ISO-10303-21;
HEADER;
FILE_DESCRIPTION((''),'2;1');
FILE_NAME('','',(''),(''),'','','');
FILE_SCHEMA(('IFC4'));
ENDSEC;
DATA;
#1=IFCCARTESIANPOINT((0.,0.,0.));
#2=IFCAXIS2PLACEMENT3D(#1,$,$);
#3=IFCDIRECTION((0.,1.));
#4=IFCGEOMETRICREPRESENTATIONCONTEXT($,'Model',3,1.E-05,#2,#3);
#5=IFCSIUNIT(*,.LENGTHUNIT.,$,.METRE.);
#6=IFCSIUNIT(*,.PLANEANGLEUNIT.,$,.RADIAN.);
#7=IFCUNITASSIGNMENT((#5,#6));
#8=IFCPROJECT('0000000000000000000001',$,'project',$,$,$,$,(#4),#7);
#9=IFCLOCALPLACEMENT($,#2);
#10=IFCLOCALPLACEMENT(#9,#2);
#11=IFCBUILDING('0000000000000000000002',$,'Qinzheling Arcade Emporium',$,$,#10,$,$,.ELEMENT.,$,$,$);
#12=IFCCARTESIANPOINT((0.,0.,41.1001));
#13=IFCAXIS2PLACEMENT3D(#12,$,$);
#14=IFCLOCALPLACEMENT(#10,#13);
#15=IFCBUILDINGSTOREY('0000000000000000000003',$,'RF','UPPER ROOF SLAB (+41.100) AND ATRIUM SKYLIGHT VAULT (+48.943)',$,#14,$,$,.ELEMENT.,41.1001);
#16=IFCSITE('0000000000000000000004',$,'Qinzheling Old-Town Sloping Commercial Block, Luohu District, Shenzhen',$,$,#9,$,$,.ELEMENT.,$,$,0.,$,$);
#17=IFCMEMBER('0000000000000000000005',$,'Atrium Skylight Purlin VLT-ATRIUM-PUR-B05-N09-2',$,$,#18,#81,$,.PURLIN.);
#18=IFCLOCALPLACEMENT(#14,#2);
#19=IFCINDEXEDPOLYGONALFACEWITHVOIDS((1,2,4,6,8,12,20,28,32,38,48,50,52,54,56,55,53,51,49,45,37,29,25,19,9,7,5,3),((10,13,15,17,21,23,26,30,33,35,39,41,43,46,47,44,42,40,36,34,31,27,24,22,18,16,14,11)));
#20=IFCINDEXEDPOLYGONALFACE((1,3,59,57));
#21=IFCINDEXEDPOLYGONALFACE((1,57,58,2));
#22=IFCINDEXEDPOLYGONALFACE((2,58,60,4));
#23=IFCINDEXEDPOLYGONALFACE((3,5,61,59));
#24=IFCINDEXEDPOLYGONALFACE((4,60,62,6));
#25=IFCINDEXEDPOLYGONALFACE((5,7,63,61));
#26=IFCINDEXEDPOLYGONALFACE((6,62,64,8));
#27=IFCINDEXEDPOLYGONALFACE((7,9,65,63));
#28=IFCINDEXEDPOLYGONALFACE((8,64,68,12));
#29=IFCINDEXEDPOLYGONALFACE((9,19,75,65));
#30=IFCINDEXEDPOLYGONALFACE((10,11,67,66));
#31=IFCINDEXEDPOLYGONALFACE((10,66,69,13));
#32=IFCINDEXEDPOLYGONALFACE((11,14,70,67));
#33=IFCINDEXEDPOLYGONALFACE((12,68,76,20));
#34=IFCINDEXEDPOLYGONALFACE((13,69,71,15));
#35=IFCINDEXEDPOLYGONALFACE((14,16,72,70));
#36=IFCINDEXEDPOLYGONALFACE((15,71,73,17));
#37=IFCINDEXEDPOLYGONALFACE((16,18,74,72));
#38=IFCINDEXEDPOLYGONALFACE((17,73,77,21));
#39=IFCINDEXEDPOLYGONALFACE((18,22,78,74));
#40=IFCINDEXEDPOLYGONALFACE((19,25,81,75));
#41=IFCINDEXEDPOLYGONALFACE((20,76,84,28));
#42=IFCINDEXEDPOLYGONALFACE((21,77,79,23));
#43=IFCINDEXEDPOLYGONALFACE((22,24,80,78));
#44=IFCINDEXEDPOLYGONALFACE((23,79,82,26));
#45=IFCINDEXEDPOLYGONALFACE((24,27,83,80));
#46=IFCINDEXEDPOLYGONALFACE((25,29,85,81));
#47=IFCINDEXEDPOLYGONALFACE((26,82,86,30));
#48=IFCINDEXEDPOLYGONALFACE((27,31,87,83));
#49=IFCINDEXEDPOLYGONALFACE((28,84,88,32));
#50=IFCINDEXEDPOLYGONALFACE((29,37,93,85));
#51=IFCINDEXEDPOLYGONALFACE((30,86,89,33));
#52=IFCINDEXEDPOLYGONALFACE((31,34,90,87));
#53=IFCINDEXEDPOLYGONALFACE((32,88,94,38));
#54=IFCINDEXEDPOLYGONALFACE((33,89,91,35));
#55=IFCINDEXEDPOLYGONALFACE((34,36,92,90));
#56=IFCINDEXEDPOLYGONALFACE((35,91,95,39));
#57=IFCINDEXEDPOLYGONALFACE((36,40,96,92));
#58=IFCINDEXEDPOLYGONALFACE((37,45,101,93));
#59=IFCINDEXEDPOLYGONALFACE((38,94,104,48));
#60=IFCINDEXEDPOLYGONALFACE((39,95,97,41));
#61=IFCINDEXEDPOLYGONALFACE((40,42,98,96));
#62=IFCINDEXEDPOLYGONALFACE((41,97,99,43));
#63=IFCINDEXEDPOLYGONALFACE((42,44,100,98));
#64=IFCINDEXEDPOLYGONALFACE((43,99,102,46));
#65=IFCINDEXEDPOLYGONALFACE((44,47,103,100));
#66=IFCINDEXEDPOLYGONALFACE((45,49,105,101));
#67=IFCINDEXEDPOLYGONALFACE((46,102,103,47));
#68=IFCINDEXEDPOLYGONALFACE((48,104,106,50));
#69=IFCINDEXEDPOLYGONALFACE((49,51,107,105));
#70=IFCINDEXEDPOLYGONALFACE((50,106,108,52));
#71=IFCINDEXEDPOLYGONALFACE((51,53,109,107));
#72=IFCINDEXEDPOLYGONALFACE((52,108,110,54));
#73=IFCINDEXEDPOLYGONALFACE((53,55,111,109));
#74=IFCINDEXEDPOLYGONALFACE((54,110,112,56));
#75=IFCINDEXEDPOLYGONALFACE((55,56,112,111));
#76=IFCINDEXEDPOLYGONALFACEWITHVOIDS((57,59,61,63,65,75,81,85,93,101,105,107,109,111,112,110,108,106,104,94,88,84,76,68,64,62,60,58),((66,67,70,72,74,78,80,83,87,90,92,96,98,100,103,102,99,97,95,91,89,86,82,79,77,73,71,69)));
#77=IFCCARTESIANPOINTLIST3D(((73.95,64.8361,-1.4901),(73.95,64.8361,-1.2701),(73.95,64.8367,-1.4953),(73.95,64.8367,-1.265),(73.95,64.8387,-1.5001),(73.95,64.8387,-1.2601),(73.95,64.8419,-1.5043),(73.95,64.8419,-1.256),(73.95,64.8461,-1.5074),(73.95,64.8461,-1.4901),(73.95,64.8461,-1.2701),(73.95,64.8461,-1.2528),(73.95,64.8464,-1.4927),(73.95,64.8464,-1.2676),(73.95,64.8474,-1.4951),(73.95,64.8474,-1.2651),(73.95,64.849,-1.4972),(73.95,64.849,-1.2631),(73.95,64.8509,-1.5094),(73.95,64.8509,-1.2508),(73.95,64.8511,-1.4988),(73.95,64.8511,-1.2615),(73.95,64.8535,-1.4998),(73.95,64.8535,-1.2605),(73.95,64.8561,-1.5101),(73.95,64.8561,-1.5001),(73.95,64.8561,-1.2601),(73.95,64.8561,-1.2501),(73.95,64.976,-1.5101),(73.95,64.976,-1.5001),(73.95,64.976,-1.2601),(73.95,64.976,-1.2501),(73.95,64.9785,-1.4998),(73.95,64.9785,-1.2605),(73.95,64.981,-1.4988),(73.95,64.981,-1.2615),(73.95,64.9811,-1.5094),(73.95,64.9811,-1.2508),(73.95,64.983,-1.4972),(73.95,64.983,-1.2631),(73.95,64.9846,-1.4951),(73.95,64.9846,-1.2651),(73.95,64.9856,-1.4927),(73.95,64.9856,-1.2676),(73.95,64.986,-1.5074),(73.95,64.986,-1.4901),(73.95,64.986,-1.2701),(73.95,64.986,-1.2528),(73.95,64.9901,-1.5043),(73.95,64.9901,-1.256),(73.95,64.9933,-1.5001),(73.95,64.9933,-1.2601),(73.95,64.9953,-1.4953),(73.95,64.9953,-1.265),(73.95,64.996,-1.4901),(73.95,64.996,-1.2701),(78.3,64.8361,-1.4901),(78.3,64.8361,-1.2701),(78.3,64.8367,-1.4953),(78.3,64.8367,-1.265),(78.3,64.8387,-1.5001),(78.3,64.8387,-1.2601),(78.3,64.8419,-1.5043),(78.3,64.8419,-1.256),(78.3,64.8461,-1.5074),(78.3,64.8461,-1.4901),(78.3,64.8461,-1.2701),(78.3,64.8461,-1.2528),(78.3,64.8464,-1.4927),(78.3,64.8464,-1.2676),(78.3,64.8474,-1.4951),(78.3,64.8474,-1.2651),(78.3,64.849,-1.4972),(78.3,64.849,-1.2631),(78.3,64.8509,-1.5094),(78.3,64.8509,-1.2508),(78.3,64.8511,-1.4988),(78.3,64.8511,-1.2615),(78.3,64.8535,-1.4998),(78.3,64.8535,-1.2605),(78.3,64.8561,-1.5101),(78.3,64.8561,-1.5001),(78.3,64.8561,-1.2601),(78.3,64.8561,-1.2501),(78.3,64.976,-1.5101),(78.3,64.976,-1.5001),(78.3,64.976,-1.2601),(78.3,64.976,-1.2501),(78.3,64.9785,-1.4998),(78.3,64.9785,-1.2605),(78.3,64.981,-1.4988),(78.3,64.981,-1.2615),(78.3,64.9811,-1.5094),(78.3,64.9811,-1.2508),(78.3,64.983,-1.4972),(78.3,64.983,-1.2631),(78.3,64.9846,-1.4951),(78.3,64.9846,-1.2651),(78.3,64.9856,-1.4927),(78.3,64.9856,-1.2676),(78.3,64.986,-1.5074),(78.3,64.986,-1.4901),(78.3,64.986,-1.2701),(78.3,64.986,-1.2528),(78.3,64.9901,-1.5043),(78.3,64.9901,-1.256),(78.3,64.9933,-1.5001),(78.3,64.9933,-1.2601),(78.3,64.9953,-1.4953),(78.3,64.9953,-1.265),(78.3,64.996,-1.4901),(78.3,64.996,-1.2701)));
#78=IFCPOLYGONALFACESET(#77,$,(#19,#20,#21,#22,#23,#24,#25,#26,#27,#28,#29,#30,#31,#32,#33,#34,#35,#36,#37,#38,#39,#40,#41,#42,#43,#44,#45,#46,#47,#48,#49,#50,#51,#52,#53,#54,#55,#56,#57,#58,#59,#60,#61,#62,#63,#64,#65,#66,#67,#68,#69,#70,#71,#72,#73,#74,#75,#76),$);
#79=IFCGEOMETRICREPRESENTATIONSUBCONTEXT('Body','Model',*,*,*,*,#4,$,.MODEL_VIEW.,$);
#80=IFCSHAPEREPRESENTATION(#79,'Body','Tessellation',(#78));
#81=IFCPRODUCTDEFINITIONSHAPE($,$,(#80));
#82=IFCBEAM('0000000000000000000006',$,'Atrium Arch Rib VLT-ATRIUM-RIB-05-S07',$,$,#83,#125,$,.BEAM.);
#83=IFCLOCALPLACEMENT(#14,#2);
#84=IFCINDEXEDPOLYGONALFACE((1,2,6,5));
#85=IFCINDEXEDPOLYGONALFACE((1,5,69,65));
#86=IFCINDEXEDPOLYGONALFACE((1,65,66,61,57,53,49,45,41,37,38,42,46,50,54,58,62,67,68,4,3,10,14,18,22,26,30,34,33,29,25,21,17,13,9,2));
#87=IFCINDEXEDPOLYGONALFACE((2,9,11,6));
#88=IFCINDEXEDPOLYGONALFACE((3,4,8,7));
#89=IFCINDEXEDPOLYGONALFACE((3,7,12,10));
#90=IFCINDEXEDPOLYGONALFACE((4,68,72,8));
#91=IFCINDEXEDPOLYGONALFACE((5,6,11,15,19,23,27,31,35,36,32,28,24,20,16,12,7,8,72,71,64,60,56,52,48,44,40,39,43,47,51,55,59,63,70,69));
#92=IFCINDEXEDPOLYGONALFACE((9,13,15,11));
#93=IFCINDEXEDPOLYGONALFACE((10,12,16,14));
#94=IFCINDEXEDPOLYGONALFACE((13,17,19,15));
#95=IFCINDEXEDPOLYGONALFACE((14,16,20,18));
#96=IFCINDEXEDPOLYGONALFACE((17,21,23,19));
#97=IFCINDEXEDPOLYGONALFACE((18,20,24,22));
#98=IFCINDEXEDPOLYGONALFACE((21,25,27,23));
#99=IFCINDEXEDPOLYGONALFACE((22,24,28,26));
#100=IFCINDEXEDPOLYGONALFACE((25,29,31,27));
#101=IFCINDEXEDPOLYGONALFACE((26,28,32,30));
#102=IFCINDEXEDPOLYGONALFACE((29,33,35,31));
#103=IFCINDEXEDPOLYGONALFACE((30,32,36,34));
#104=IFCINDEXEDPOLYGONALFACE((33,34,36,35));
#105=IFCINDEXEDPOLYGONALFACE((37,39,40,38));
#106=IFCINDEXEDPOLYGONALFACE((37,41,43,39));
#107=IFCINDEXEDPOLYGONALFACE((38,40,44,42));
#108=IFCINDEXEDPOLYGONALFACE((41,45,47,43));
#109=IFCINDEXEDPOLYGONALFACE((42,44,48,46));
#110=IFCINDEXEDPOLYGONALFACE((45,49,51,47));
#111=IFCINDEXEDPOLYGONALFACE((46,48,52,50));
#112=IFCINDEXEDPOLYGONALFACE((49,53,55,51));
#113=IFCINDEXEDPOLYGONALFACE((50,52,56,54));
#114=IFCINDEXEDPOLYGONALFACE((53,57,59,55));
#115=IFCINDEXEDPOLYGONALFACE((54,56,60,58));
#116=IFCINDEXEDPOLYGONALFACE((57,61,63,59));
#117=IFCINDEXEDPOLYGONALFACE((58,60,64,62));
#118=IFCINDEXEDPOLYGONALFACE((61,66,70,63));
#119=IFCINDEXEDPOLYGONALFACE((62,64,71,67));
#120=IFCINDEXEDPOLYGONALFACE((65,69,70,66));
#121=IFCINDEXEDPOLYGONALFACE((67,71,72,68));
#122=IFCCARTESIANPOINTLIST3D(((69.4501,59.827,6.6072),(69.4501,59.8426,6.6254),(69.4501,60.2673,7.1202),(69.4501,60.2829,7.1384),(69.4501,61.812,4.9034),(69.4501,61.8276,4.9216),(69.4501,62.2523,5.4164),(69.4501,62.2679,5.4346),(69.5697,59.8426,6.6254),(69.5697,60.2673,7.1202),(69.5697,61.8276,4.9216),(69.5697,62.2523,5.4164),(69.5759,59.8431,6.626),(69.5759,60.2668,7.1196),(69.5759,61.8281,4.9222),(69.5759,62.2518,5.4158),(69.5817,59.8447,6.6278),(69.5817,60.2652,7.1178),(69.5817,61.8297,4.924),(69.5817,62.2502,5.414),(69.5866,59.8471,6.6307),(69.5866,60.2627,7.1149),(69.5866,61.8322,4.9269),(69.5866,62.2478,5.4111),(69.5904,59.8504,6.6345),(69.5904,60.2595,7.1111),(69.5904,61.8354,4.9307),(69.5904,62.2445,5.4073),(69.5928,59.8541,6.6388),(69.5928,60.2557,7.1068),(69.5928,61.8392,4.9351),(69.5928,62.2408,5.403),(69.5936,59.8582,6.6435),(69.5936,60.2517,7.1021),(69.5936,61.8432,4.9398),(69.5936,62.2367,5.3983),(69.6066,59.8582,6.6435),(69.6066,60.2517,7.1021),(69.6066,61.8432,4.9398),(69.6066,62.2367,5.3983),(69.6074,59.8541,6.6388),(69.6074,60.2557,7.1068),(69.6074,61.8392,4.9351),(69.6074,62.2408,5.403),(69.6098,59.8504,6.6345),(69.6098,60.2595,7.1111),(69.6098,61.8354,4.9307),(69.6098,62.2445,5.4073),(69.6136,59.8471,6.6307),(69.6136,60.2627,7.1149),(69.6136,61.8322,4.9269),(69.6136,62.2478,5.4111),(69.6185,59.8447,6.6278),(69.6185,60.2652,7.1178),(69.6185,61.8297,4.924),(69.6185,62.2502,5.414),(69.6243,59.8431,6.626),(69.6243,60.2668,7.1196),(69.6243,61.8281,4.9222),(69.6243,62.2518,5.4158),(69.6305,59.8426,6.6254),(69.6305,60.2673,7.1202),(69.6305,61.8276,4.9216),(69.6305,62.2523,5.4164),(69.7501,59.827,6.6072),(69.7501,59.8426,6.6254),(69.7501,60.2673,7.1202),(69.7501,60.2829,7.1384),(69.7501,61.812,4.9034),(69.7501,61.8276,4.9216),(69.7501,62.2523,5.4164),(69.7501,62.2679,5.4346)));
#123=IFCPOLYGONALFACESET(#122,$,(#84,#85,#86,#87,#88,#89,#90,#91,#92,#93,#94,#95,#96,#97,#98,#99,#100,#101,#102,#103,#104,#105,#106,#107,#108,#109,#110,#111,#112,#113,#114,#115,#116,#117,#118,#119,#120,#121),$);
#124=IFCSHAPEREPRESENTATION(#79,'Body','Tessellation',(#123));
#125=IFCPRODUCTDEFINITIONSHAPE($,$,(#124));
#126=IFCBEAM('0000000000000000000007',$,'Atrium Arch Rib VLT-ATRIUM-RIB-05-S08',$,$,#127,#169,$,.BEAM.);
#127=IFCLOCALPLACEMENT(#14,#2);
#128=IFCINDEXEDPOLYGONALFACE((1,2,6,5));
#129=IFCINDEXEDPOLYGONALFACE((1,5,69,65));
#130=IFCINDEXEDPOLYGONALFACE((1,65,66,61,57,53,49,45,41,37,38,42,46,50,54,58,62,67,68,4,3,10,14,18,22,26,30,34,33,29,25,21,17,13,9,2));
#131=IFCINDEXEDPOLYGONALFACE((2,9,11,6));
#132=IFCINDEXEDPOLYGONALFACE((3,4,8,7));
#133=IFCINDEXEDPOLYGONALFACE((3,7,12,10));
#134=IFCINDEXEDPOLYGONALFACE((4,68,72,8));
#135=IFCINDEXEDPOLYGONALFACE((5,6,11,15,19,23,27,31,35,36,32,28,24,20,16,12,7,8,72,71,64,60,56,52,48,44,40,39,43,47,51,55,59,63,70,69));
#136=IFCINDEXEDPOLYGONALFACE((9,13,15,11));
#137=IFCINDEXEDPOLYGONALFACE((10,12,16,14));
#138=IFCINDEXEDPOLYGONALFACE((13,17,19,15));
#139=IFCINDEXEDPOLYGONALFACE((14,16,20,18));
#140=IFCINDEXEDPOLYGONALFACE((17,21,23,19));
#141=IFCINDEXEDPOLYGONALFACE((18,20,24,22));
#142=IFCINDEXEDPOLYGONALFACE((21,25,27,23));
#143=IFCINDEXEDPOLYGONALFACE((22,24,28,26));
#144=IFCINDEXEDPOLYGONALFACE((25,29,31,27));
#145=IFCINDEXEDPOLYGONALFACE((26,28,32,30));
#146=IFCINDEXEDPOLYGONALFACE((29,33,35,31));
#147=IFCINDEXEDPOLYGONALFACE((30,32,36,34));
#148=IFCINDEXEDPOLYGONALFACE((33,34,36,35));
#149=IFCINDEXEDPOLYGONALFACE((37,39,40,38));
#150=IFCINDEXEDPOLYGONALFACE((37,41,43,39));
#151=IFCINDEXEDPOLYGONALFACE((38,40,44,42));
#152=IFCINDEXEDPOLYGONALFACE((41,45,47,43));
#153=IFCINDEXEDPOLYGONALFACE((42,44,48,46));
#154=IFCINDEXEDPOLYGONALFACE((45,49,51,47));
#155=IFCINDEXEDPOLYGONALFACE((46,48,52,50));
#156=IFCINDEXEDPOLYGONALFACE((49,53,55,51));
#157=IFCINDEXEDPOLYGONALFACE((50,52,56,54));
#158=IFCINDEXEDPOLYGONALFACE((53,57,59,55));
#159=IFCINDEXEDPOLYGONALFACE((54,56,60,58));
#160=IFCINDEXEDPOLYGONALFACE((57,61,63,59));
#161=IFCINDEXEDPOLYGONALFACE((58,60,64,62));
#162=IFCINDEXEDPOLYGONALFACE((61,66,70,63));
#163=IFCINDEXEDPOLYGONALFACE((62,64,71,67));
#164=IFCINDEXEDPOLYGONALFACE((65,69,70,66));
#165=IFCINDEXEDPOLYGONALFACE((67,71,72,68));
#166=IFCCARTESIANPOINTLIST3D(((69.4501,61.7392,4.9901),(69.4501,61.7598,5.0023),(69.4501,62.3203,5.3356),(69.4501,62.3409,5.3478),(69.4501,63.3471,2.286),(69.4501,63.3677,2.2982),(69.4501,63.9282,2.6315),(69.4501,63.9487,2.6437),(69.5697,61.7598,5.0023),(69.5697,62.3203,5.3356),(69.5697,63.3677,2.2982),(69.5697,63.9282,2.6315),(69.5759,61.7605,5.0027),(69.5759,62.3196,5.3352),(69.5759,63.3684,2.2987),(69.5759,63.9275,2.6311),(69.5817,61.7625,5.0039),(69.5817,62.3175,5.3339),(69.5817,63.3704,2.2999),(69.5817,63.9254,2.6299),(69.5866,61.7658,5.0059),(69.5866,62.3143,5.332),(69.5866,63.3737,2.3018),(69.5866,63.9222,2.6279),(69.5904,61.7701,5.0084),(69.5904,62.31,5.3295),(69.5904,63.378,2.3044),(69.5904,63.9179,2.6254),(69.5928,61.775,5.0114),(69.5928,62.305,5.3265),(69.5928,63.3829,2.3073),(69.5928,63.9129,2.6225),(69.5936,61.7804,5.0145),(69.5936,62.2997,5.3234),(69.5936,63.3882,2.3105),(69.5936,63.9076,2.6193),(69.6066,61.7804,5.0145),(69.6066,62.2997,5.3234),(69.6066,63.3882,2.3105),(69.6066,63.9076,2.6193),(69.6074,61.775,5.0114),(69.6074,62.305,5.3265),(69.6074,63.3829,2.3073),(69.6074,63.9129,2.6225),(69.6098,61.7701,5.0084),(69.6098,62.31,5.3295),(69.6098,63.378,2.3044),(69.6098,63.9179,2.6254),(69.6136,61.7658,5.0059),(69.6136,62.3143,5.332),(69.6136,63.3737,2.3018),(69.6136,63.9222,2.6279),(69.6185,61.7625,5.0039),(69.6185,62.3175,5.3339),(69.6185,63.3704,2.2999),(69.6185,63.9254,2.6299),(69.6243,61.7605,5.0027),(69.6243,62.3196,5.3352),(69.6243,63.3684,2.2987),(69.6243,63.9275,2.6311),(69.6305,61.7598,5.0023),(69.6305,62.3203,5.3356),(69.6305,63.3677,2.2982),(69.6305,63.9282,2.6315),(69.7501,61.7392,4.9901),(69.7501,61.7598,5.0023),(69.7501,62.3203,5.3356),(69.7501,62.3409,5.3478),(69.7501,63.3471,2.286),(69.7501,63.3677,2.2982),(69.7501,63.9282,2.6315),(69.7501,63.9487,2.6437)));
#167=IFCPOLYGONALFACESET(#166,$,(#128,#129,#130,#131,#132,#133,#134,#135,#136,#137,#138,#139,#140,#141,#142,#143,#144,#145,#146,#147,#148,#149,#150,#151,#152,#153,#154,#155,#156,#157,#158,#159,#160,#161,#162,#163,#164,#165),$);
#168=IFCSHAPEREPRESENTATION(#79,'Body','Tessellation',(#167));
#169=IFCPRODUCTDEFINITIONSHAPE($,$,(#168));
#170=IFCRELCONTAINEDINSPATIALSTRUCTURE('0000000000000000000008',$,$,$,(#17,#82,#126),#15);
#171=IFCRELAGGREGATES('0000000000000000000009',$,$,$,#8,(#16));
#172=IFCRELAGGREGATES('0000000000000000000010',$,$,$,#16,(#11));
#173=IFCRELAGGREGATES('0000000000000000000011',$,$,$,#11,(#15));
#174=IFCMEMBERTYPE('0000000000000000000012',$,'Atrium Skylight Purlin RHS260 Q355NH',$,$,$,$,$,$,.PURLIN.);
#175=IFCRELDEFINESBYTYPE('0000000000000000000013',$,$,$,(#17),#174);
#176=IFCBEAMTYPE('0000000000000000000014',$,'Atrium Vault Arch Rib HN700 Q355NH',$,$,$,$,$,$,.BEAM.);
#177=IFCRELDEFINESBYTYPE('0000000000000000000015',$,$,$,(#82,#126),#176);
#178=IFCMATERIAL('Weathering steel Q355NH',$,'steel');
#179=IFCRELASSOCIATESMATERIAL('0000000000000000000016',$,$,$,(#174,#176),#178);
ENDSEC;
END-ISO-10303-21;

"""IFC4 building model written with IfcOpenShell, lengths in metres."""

from ifc_helpers import new_model, si_unit, direction, frame, origin, origin_2d, place, context, subcontext, project, spatial, hollow_rectangle, i_section, extrude, material, material_profile, profile_set, type_object, element, save


model = new_model("IFC4")

# Units and contexts
model_context = context("Model", 3, precision=1e-05, world=origin(), true_north=direction((0.0, 1.0)))
body_context = subcontext(model_context, "Body", "Model", "MODEL_VIEW")
ifc_project = project(units=[si_unit("LENGTHUNIT", "METRE"), si_unit("PLANEANGLEUNIT", "RADIAN")], contexts=[model_context])

# Site, building, storey
site_placement = place(None, origin())
site = spatial("IfcSite", under=ifc_project, at=site_placement, Name="Qinzheling Old-Town Sloping Commercial Block, Luohu District, Shenzhen", CompositionType="ELEMENT", RefElevation=0.0)
building_placement = place(site_placement, origin())
building = spatial("IfcBuilding", under=site, at=building_placement, Name="Qinzheling Arcade Emporium", CompositionType="ELEMENT")
storey_placement = place(building_placement, frame((0.0, 0.0, 41.1001)))
storey = spatial("IfcBuildingStorey", under=building, at=storey_placement, Name="RF", Description="UPPER ROOF SLAB (+41.100) AND ATRIUM SKYLIGHT VAULT (+48.943)", CompositionType="ELEMENT", Elevation=41.1001)

# Shared definitions
ifc_material_1 = material(Name="Weathering steel Q355NH", Category="steel")

# Member
ifc_material_profile_1 = material_profile(ifc_material_1, hollow_rectangle(XDim=0.1599, YDim=0.26, WallThickness=0.01, InnerFilletRadius=0.01, OuterFilletRadius=0.02, at=origin_2d()), Name="RHS 260x160x10", Category="steel")
ifc_profile_set_1 = profile_set([ifc_material_profile_1], Name="Weathering steel Q355NH")
member_type_1 = type_object("IfcMemberType", Name="Atrium Skylight Purlin RHS260 Q355NH", PredefinedType="PURLIN", material=ifc_profile_set_1)
member_1_placement = place(storey_placement, frame((73.95, 64.916, -1.3801), z_axis=(1.0, 0.0, 0.0), x_axis=(0.0, 1.0, 0.0)))
element("IfcMember", 1, at=member_1_placement, inside=storey, type_object=member_type_1, Name="Atrium Skylight Purlin VLT-ATRIUM-PUR-B05-N09-2", PredefinedType="PURLIN", context=body_context, shape_type="SweptSolid", body=[
    extrude(hollow_rectangle(XDim=0.1599, YDim=0.26, WallThickness=0.01, InnerFilletRadius=0.01, OuterFilletRadius=0.02, at=origin_2d()), origin(), (0.0, 0.0, 1.0), 4.3501),
])

# Beams
ifc_material_profile_2 = material_profile(ifc_material_1, i_section(OverallWidth=0.3, OverallDepth=0.7, WebThickness=0.0129, FlangeThickness=0.0239, FilletRadius=0.0239, at=origin_2d()), Name="HN 700x300x13x24", Category="steel")
ifc_profile_set_2 = profile_set([ifc_material_profile_2], Name="Weathering steel Q355NH")
beam_type_1 = type_object("IfcBeamType", Name="Atrium Vault Arch Rib HN700 Q355NH", PredefinedType="BEAM", material=ifc_profile_set_2)
beam_1_placement = place(storey_placement, frame((69.6001, 60.0549, 6.8728), z_axis=(0.0, 0.758815, -0.651306), x_axis=(-1.0, 0.0, 0.0)))
element("IfcBeam", 2, at=beam_1_placement, inside=storey, type_object=beam_type_1, Name="Atrium Arch Rib VLT-ATRIUM-RIB-05-S07", PredefinedType="BEAM", context=body_context, shape_type="SweptSolid", body=[
    extrude(i_section(OverallWidth=0.3, OverallDepth=0.7, WebThickness=0.0129, FlangeThickness=0.0239, FilletRadius=0.0239, at=origin_2d()), origin(), (0.0, 0.0, 1.0), 2.616),
])
beam_2_placement = place(storey_placement, frame((69.6001, 62.04, 5.1689), z_axis=(0.0, 0.511091, -0.859527), x_axis=(-1.0, 0.0, 0.0)))
element("IfcBeam", 3, at=beam_2_placement, inside=storey, type_object=beam_type_1, Name="Atrium Arch Rib VLT-ATRIUM-RIB-05-S08", PredefinedType="BEAM", context=body_context, shape_type="SweptSolid", body=[
    extrude(i_section(OverallWidth=0.3, OverallDepth=0.7, WebThickness=0.0129, FlangeThickness=0.0239, FilletRadius=0.0239, at=origin_2d()), origin(), (0.0, 0.0, 1.0), 3.146),
])

save(model, "model.ifc")
